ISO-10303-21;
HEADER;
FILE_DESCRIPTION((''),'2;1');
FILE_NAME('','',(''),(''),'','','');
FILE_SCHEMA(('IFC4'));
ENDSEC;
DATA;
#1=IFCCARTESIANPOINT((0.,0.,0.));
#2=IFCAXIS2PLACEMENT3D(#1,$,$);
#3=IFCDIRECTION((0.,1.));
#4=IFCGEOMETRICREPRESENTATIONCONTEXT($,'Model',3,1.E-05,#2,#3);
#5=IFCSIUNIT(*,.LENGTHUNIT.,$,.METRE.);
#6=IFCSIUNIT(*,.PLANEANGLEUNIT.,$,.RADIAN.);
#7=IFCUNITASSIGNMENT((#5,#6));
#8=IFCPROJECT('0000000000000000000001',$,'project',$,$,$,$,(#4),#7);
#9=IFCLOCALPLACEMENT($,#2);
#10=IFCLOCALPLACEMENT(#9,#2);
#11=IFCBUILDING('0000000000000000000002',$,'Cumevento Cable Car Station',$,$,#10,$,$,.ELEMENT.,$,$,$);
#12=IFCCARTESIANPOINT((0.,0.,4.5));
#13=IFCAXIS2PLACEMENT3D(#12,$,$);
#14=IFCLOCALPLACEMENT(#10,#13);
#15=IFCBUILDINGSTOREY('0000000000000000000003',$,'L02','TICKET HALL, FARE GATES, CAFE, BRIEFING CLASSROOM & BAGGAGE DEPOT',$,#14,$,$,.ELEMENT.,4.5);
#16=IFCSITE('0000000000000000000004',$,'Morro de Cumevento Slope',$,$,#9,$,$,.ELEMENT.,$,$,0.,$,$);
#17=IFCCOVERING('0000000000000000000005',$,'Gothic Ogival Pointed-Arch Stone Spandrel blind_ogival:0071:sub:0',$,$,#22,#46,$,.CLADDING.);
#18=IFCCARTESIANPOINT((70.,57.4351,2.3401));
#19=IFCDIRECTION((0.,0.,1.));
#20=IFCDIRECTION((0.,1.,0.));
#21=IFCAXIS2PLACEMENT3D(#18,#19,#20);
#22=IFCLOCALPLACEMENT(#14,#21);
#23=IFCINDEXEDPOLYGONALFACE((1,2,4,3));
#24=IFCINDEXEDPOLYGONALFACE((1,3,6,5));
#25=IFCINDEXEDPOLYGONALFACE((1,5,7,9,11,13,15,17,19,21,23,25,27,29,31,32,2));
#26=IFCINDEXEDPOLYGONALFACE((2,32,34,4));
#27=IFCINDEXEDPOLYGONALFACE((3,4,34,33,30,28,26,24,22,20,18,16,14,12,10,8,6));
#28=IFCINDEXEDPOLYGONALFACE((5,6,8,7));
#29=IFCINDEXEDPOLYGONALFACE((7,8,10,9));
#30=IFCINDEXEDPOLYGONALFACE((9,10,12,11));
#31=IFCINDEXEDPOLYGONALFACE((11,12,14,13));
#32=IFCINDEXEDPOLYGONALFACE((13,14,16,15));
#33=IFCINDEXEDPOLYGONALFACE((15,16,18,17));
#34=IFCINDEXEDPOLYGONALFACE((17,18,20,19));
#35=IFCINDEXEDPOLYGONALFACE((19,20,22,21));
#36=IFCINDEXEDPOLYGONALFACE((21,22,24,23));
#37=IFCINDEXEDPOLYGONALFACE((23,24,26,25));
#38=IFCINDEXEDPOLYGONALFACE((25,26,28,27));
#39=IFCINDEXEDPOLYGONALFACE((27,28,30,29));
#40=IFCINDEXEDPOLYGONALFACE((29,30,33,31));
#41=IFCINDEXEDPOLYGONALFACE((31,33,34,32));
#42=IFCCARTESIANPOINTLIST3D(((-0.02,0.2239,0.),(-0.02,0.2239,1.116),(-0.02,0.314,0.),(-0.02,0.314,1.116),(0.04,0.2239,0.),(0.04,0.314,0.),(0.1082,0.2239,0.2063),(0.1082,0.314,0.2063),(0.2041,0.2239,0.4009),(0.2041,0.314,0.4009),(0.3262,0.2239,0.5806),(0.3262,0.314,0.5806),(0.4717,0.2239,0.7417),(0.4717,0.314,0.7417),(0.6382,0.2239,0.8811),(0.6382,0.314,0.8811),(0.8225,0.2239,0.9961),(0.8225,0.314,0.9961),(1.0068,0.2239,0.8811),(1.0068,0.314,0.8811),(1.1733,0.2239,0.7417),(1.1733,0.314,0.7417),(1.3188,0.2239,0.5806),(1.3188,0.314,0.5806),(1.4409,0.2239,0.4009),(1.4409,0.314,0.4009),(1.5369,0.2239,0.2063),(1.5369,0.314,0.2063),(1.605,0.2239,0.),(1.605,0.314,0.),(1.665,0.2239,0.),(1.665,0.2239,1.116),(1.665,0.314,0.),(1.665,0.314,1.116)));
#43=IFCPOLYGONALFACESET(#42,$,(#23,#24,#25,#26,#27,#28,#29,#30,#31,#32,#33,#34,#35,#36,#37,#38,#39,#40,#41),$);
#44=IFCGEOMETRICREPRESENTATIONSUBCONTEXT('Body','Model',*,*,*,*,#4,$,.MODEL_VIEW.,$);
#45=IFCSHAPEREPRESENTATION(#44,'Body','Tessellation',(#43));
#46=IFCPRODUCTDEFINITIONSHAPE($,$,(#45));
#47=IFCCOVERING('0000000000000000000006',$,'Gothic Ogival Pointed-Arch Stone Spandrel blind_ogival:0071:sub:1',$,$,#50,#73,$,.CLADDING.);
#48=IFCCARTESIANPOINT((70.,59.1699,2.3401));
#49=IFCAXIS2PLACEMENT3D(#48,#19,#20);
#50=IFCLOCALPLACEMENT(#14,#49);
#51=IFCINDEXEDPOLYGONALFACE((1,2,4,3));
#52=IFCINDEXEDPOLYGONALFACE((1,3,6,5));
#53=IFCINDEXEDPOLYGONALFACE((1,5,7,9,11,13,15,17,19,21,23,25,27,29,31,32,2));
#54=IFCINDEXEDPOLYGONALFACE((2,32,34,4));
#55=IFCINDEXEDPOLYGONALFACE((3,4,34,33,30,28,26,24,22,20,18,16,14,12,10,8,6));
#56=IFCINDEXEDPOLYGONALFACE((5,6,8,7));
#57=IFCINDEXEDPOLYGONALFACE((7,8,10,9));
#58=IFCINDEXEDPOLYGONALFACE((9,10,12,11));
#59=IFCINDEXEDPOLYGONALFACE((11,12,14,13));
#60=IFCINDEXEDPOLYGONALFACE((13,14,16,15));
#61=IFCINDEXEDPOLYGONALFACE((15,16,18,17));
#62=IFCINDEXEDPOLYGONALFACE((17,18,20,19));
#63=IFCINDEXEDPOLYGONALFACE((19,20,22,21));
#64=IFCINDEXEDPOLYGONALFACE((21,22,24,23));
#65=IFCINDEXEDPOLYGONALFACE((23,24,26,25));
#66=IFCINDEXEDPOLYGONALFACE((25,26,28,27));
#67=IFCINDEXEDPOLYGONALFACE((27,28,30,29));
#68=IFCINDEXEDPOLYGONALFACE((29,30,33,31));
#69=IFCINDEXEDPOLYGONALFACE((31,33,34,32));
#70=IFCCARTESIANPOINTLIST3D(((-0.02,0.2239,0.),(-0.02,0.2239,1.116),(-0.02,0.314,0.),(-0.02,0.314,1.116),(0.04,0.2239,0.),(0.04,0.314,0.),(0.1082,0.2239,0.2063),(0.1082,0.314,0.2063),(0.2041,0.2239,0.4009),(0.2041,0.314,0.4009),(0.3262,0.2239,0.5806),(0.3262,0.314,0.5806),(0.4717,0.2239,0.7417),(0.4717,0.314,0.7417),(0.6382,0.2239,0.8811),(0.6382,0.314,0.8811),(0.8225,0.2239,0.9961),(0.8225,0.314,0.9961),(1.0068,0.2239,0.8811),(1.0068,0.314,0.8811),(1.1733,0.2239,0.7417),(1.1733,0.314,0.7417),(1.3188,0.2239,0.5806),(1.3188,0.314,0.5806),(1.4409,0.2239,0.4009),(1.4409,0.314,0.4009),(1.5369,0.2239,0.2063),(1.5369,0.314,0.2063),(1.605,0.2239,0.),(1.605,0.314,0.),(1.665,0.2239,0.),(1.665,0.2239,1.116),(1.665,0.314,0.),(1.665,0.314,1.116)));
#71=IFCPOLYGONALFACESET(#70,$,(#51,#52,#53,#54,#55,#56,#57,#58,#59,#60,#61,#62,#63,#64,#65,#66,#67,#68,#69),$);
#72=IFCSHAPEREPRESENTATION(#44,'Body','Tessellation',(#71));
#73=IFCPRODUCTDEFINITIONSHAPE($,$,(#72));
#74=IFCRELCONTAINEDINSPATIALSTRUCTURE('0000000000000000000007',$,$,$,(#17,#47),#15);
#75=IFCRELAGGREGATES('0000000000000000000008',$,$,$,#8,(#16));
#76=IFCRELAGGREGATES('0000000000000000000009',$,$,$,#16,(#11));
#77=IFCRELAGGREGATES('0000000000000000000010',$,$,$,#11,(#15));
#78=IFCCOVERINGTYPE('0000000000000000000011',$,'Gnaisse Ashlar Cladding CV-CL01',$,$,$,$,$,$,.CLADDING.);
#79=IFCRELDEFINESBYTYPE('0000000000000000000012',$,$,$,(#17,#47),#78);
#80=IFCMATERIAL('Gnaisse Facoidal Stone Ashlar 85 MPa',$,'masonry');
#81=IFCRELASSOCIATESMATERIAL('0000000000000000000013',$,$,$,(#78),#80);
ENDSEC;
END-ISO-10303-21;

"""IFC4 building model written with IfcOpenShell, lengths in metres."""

from ifc_helpers import new_model, si_unit, direction, frame, origin, place, context, subcontext, project, spatial, polyline, outline, extrude, material, type_object, element, save


model = new_model("IFC4")

# Units and contexts
model_context = context("Model", 3, precision=1e-05, world=origin(), true_north=direction((0.0, 1.0)))
body_context = subcontext(model_context, "Body", "Model", "MODEL_VIEW")
ifc_project = project(units=[si_unit("LENGTHUNIT", "METRE"), si_unit("PLANEANGLEUNIT", "RADIAN")], contexts=[model_context])

# Site, building, storey
site_placement = place(None, origin())
site = spatial("IfcSite", under=ifc_project, at=site_placement, Name="Morro de Cumevento Slope", CompositionType="ELEMENT", RefElevation=0.0)
building_placement = place(site_placement, origin())
building = spatial("IfcBuilding", under=site, at=building_placement, Name="Cumevento Cable Car Station", CompositionType="ELEMENT")
storey_placement = place(building_placement, frame((0.0, 0.0, 4.5)))
storey = spatial("IfcBuildingStorey", under=building, at=storey_placement, Name="L02", Description="TICKET HALL, FARE GATES, CAFE, BRIEFING CLASSROOM & BAGGAGE DEPOT", CompositionType="ELEMENT", Elevation=4.5)

# Coverings
ifc_material_1 = material(Name="Gnaisse Facoidal Stone Ashlar 85 MPa", Category="masonry")
covering_type = type_object("IfcCoveringType", Name="Gnaisse Ashlar Cladding CV-CL01", PredefinedType="CLADDING", material=ifc_material_1)
for number, where, z_axis, x_axis, name in (
    (1, (70.0, 57.4351, 2.3401), (0.0, 0.0, 1.0), (0.0, 1.0, 0.0), "Gothic Ogival Pointed-Arch Stone Spandrel blind_ogival:0071:sub:0"),
    (2, (70.0, 59.1699, 2.3401), (0.0, 0.0, 1.0), (0.0, 1.0, 0.0), "Gothic Ogival Pointed-Arch Stone Spandrel blind_ogival:0071:sub:1"),
):
    element("IfcCovering", number, at=place(storey_placement, frame(where, z_axis=z_axis, x_axis=x_axis)), inside=storey, type_object=covering_type, Name=name, PredefinedType="CLADDING", context=body_context, shape_type="SweptSolid", body=[
        extrude(outline(polyline([(-0.02, 0.0), (-0.02, 1.116), (1.665, 1.116), (1.665, 0.0), (1.605, 0.0), (1.5369, 0.2063), (1.4409, 0.4009), (1.3188, 0.5806), (1.1733, 0.7417), (1.0068, 0.8811), (0.8225, 0.9961), (0.6382, 0.8811), (0.4717, 0.7417), (0.3262, 0.5806), (0.2041, 0.4009), (0.1082, 0.2063), (0.04, 0.0), (-0.02, 0.0)])), frame((0.0, 0.314, 0.0), z_axis=(0.0, -1.0, 0.0), x_axis=(1.0, 0.0, 0.0)), (0.0, 0.0, 1.0), 0.0901),
    ])

save(model, "model.ifc")
